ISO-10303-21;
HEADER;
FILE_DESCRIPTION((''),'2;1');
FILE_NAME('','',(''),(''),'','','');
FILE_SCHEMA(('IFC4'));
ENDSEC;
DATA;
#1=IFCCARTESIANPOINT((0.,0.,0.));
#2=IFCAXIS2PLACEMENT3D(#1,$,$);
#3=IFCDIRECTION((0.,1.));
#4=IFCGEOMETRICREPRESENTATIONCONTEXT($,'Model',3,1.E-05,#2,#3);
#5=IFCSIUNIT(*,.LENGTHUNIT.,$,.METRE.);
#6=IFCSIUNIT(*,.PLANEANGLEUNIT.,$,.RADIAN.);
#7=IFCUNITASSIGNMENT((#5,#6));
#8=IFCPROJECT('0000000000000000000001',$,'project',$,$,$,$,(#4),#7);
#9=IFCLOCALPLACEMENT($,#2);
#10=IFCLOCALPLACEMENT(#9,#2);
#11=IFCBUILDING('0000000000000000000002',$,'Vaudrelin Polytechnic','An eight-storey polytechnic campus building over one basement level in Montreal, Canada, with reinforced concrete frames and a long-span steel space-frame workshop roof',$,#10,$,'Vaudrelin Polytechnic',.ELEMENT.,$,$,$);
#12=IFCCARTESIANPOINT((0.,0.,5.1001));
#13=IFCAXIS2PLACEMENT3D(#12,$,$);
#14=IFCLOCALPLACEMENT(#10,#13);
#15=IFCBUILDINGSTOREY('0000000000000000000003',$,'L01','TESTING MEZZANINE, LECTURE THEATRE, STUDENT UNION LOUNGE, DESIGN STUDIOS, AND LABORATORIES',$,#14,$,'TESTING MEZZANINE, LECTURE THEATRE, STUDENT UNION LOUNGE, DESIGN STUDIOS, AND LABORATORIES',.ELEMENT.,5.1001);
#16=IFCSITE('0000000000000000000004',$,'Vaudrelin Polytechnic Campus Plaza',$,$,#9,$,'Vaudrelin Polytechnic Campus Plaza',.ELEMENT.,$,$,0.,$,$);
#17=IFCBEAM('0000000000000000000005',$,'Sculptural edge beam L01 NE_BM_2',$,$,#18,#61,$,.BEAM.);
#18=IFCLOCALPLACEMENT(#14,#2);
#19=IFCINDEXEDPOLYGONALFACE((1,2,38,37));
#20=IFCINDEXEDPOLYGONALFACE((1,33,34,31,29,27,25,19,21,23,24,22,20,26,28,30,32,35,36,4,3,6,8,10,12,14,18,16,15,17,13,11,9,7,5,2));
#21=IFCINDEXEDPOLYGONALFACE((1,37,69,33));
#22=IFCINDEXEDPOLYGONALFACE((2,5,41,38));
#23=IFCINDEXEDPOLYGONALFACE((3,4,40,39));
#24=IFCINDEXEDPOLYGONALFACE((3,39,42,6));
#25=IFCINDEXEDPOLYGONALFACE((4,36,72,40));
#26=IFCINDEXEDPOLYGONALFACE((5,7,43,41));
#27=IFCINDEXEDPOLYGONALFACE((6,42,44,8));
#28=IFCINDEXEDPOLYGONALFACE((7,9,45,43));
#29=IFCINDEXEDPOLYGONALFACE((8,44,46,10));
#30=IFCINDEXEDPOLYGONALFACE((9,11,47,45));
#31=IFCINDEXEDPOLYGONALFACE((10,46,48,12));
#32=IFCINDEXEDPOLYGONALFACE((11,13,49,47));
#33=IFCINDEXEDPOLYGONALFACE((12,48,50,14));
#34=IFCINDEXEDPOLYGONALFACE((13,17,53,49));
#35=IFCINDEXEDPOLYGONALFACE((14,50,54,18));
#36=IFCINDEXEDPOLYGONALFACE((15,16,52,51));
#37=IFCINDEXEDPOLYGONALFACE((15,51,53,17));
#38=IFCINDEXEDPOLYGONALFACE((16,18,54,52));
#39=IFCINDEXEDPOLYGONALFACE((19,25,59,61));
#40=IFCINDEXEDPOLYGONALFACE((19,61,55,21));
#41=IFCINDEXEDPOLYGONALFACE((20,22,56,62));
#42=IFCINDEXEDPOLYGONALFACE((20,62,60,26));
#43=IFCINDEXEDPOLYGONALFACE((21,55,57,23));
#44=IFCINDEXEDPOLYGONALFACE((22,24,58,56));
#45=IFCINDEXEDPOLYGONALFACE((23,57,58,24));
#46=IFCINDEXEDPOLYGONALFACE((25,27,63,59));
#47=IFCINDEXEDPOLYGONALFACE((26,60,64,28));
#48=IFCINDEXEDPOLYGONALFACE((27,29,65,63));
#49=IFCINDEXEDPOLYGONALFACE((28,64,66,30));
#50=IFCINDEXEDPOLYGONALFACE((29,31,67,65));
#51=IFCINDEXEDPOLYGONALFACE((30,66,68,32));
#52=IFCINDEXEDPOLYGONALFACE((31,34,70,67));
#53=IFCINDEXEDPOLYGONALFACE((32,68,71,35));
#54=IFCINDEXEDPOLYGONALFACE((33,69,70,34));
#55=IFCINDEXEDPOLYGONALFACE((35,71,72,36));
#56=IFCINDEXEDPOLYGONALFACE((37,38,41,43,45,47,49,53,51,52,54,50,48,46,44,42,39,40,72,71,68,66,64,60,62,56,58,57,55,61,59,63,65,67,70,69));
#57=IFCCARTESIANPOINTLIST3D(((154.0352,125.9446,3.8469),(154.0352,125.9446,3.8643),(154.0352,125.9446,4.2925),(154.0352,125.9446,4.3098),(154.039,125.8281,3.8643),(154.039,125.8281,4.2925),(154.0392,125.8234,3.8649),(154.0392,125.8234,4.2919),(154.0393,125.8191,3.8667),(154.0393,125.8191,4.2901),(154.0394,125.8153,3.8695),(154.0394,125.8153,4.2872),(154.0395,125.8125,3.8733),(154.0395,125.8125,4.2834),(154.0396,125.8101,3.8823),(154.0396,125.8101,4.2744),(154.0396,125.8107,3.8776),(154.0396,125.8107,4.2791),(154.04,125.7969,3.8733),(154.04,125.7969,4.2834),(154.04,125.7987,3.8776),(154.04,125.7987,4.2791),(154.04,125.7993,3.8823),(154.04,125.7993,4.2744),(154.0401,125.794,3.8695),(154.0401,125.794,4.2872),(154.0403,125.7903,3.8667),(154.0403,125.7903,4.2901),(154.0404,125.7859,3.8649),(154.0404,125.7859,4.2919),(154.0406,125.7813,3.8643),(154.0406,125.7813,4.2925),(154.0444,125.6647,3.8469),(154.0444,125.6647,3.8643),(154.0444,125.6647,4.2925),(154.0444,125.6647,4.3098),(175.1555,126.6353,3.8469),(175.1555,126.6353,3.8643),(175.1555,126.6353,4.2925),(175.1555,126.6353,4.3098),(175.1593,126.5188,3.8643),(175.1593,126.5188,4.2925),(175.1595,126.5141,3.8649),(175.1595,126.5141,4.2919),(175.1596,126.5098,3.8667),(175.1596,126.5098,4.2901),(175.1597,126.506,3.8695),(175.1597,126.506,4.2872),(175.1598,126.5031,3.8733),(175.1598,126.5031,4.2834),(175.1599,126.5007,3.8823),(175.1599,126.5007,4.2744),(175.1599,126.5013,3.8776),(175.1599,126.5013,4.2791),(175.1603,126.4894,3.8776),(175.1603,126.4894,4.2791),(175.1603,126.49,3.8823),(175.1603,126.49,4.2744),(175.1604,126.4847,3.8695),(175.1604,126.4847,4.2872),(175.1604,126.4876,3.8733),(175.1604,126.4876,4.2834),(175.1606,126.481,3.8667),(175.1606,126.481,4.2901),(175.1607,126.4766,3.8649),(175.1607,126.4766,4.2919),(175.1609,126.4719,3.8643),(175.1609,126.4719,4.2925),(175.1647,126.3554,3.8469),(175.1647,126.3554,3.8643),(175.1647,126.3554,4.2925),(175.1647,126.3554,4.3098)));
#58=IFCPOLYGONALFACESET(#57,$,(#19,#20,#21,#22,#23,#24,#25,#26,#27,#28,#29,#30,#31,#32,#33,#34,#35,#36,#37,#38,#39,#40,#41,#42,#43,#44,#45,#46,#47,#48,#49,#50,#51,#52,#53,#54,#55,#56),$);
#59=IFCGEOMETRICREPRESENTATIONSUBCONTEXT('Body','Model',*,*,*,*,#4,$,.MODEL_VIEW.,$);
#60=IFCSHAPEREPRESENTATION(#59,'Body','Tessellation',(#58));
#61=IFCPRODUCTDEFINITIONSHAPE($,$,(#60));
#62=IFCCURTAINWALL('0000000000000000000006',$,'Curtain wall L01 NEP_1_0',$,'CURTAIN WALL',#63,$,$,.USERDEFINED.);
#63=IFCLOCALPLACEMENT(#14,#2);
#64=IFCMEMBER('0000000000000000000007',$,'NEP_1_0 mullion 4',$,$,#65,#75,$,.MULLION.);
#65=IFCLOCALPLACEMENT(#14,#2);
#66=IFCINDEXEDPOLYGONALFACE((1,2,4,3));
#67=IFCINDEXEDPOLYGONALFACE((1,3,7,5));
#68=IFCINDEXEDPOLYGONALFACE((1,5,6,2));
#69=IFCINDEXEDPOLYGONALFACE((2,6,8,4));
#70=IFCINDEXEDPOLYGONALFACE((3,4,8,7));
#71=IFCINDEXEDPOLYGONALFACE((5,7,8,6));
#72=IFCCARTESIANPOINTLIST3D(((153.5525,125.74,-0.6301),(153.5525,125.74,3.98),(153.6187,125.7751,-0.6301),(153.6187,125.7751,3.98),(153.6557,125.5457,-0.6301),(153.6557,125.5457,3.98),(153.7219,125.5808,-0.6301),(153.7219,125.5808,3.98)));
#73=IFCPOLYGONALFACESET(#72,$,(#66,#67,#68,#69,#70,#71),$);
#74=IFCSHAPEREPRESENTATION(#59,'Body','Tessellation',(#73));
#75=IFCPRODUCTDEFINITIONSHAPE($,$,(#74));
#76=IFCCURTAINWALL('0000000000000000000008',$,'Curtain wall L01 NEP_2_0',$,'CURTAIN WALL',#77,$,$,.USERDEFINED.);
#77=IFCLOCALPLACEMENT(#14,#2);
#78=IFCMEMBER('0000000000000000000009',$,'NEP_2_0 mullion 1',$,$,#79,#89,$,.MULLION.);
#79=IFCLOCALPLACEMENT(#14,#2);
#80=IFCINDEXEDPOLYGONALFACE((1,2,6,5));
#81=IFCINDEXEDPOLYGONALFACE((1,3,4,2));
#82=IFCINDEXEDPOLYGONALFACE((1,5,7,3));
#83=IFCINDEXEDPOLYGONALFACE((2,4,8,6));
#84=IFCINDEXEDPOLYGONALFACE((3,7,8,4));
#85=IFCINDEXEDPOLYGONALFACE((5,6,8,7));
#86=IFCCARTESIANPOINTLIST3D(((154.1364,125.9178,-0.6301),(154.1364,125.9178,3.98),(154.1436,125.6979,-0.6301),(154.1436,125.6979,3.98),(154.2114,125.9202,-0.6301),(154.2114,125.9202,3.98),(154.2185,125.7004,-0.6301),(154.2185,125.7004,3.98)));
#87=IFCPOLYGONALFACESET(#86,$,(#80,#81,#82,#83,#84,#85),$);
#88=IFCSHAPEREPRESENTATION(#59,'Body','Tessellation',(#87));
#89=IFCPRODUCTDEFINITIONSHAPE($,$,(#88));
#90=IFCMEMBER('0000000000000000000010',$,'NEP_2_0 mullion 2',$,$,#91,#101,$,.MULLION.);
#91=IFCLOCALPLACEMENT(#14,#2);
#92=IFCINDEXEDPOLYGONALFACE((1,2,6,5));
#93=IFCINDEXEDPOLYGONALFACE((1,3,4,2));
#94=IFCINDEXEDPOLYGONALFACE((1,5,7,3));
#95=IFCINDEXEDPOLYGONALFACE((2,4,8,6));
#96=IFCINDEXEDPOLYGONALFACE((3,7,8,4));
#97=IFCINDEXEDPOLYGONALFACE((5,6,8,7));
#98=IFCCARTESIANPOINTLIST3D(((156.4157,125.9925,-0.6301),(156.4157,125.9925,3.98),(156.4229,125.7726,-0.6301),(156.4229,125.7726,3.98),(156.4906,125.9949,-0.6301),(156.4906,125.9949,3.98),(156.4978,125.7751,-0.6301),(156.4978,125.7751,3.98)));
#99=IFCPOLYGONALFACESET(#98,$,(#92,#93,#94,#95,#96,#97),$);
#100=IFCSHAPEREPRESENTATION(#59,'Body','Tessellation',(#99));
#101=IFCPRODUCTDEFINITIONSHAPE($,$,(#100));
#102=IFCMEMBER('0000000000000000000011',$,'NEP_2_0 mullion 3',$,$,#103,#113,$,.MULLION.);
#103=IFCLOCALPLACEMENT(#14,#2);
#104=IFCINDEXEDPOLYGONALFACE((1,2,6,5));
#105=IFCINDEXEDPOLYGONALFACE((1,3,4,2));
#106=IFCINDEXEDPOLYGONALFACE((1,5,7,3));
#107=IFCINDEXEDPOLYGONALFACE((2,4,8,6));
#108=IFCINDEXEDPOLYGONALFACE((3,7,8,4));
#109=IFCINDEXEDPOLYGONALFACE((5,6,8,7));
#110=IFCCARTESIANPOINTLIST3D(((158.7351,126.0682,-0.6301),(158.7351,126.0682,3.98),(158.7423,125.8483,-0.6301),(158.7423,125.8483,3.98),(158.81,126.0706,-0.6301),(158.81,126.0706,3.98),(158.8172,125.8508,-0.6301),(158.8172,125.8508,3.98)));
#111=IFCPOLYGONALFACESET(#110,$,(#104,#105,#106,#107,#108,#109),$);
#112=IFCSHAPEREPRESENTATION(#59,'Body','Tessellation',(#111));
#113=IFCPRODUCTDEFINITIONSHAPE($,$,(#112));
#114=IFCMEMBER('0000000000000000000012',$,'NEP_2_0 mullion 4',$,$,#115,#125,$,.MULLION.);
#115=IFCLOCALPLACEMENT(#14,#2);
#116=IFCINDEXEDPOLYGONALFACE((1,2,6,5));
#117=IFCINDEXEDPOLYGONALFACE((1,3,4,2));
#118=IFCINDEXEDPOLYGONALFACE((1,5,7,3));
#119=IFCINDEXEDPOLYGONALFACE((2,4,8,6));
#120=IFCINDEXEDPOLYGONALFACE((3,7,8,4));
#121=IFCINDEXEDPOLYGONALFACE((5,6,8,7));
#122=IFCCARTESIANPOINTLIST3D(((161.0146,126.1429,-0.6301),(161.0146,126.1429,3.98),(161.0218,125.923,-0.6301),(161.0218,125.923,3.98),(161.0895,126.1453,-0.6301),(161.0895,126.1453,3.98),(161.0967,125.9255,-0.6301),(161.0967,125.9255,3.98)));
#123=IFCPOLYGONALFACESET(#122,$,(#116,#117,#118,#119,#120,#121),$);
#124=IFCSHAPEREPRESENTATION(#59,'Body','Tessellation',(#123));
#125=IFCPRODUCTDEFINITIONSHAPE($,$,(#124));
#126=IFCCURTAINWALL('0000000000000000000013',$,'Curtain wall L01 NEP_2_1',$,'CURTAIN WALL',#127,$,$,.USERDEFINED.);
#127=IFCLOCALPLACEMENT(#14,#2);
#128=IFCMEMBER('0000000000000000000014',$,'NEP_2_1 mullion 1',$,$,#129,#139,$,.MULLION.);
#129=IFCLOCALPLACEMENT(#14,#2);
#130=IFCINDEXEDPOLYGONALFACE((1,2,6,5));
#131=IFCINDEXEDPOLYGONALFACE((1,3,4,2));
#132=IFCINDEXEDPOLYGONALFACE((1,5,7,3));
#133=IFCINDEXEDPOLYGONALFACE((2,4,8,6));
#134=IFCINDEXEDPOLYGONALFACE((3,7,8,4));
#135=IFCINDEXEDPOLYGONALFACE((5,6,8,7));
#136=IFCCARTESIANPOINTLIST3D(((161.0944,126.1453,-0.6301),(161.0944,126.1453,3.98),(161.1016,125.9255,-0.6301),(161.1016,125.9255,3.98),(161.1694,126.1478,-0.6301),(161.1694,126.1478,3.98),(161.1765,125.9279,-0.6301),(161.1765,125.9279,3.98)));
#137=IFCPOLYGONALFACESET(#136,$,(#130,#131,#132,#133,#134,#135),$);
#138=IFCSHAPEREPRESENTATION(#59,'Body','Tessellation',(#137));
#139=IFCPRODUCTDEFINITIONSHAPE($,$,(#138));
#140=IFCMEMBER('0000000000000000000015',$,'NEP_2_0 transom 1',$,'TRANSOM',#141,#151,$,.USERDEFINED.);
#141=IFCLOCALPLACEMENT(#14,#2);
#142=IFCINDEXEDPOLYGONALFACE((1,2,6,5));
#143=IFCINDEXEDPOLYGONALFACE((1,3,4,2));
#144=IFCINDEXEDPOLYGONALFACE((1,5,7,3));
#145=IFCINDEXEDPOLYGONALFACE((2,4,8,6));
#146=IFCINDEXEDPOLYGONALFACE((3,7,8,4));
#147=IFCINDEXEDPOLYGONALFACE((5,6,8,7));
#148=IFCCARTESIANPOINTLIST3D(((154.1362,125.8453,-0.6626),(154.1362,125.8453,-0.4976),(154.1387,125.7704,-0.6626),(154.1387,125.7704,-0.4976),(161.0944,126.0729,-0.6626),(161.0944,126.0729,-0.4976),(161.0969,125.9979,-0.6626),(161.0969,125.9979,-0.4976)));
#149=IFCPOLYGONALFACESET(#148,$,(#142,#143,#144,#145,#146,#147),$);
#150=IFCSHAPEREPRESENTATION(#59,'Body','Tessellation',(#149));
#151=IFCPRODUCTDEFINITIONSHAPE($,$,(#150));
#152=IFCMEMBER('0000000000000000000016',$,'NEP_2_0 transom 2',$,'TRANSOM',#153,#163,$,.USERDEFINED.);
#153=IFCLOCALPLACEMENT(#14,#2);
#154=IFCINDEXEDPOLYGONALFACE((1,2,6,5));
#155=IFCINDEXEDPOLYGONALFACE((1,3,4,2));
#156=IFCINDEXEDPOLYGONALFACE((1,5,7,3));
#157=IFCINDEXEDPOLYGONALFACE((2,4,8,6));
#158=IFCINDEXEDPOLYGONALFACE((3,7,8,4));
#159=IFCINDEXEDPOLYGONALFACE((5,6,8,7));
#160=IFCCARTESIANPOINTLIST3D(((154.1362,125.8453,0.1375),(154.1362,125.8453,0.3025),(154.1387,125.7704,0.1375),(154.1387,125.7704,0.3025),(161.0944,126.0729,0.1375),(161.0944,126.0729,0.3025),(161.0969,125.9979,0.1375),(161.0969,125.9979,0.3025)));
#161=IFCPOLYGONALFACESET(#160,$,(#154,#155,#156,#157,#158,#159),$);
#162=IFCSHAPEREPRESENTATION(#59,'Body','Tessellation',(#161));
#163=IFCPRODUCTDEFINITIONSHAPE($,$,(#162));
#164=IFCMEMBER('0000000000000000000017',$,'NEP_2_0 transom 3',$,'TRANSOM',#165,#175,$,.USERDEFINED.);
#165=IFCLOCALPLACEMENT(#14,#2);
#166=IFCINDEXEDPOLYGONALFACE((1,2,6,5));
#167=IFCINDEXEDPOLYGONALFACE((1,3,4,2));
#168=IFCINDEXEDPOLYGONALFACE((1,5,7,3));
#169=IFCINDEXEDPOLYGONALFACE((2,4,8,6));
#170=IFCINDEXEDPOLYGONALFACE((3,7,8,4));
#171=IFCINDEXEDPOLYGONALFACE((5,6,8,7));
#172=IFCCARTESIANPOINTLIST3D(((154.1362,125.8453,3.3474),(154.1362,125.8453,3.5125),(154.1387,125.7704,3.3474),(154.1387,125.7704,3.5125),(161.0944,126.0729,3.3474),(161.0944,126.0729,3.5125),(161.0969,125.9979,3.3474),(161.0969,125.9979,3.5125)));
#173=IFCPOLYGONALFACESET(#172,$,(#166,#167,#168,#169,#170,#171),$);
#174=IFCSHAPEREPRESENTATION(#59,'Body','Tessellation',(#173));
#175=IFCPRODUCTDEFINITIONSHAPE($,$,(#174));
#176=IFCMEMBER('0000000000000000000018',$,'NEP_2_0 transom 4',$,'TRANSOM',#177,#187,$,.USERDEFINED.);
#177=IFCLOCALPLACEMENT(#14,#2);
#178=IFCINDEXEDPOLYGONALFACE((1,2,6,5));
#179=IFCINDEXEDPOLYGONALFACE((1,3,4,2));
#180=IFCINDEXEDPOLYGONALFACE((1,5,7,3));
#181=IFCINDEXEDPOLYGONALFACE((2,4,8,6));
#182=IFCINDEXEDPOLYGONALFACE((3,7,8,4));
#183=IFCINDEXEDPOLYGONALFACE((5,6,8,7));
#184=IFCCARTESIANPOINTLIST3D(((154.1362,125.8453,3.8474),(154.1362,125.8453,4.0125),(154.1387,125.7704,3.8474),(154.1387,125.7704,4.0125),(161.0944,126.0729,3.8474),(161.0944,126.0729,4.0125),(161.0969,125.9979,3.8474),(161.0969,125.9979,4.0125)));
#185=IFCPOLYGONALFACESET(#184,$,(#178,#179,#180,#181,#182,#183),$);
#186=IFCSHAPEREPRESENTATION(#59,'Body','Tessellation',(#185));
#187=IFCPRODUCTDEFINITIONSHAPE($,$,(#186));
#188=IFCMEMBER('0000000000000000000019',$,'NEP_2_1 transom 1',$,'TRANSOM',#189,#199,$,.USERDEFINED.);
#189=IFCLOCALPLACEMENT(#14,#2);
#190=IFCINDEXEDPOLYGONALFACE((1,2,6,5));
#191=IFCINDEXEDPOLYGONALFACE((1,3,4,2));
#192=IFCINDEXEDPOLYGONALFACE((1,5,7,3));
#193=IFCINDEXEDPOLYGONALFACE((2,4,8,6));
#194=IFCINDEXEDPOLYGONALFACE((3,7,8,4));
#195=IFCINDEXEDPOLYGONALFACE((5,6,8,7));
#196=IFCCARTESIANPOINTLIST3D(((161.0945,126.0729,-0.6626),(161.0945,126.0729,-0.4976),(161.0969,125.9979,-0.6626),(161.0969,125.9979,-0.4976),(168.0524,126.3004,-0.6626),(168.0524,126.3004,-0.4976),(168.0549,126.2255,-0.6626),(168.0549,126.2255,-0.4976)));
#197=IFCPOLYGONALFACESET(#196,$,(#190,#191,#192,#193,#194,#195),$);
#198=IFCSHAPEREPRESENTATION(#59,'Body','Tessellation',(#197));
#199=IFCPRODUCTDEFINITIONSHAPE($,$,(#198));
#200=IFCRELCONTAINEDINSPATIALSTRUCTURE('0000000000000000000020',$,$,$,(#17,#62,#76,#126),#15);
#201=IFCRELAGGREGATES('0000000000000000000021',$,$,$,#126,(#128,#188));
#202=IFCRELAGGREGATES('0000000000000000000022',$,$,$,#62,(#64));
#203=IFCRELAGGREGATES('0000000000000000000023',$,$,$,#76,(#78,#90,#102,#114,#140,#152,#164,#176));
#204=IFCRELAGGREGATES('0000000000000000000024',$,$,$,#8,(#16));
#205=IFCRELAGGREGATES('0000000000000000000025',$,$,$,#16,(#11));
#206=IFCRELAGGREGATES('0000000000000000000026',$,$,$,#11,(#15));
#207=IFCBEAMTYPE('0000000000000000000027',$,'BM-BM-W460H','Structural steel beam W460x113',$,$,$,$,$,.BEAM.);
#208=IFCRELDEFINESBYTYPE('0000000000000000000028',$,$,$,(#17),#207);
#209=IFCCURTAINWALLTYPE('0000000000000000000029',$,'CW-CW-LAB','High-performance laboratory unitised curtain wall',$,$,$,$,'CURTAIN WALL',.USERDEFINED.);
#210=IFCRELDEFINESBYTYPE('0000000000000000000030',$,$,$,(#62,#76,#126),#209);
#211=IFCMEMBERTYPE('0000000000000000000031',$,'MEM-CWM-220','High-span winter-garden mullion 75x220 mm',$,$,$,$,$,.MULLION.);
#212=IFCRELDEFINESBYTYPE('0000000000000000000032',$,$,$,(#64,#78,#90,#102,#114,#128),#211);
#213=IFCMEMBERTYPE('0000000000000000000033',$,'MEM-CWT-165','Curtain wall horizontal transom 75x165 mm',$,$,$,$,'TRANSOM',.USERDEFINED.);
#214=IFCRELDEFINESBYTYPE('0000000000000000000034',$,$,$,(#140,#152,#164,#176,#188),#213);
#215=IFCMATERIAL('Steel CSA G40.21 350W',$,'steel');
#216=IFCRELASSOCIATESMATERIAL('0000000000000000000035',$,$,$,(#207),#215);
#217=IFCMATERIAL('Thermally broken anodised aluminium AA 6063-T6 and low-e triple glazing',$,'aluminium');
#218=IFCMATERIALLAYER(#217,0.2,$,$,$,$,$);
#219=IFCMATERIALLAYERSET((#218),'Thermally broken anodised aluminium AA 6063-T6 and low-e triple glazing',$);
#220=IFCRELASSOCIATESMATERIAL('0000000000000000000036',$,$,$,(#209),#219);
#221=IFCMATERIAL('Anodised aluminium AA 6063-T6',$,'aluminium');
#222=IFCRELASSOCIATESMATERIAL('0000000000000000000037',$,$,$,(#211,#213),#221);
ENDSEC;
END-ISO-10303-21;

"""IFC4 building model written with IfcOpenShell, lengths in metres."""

from ifc_helpers import new_model, si_unit, direction, frame, origin, origin_2d, place, context, subcontext, project, spatial, rectangle, i_section, extrude, material, layer, layer_set, material_profile, profile_set, type_object, element, aggregate, save


model = new_model("IFC4")

# Units and contexts
model_context = context("Model", 3, precision=1e-05, world=origin(), true_north=direction((0.0, 1.0)))
body_context = subcontext(model_context, "Body", "Model", "MODEL_VIEW")
ifc_project = project(units=[si_unit("LENGTHUNIT", "METRE"), si_unit("PLANEANGLEUNIT", "RADIAN")], contexts=[model_context])

# Site, building, storey
site_placement = place(None, origin())
site = spatial("IfcSite", under=ifc_project, at=site_placement, Name="Vaudrelin Polytechnic Campus Plaza", LongName="Vaudrelin Polytechnic Campus Plaza", CompositionType="ELEMENT", RefElevation=0.0)
building_placement = place(site_placement, origin())
building = spatial("IfcBuilding", under=site, at=building_placement, Name="Vaudrelin Polytechnic", Description="An eight-storey polytechnic campus building over one basement level in Montreal, Canada, with reinforced concrete frames and a long-span steel space-frame workshop roof", LongName="Vaudrelin Polytechnic", CompositionType="ELEMENT")
storey_placement = place(building_placement, frame((0.0, 0.0, 5.1001)))
storey = spatial("IfcBuildingStorey", under=building, at=storey_placement, Name="L01", Description="TESTING MEZZANINE, LECTURE THEATRE, STUDENT UNION LOUNGE, DESIGN STUDIOS, AND LABORATORIES", LongName="TESTING MEZZANINE, LECTURE THEATRE, STUDENT UNION LOUNGE, DESIGN STUDIOS, AND LABORATORIES", CompositionType="ELEMENT", Elevation=5.1001)

# Beam
ifc_material_1 = material(Name="Steel CSA G40.21 350W", Category="steel")
ifc_material_profile_1 = material_profile(ifc_material_1, i_section(OverallWidth=0.28, OverallDepth=0.4629, WebThickness=0.0107, FlangeThickness=0.0173, FilletRadius=0.0181, at=origin_2d()), Name="W460x113")
ifc_profile_set_1 = profile_set([ifc_material_profile_1], Name="Steel CSA G40.21 350W")
beam_type_1 = type_object("IfcBeamType", Name="BM-BM-W460H", Description="Structural steel beam W460x113", PredefinedType="BEAM", material=ifc_profile_set_1)
beam_1_placement = place(storey_placement, frame((154.0398, 125.8047, 4.0784), z_axis=(0.999466, 0.032684, 0.0), x_axis=(-0.032684, 0.999466, 0.0)))
element("IfcBeam", 1, at=beam_1_placement, inside=storey, type_object=beam_type_1, Name="Sculptural edge beam L01 NE_BM_2", PredefinedType="BEAM", context=body_context, shape_type="SweptSolid", body=[
    extrude(i_section(OverallWidth=0.28, OverallDepth=0.4629, WebThickness=0.0107, FlangeThickness=0.0173, FilletRadius=0.0181, at=origin_2d()), origin(), (0.0, 0.0, 1.0), 21.1316),
])

# Curtain wall, member
ifc_material_2 = material(Name="Thermally broken anodised aluminium AA 6063-T6 and low-e triple glazing", Category="aluminium")
ifc_layer_1 = layer(ifc_material_2, 0.2)
ifc_layer_set_1 = layer_set([ifc_layer_1], Name="Thermally broken anodised aluminium AA 6063-T6 and low-e triple glazing")
curtain_wall_type = type_object("IfcCurtainWallType", Name="CW-CW-LAB", Description="High-performance laboratory unitised curtain wall", ElementType="CURTAIN WALL", PredefinedType="USERDEFINED", material=ifc_layer_set_1)
curtain_wall_1_placement = place(storey_placement, origin())
curtain_wall_1 = element("IfcCurtainWall", 2, at=curtain_wall_1_placement, inside=storey, type_object=curtain_wall_type, Name="Curtain wall L01 NEP_1_0", ObjectType="CURTAIN WALL", PredefinedType="USERDEFINED")
ifc_material_3 = material(Name="Anodised aluminium AA 6063-T6", Category="aluminium")
ifc_material_profile_2 = material_profile(ifc_material_3, rectangle(XDim=0.075, YDim=0.22, at=origin_2d()), Name="CWM-75x220")
ifc_profile_set_2 = profile_set([ifc_material_profile_2], Name="Anodised aluminium AA 6063-T6")
member_type_1 = type_object("IfcMemberType", Name="MEM-CWM-220", Description="High-span winter-garden mullion 75x220 mm", PredefinedType="MULLION", material=ifc_profile_set_2)
member_1_placement = place(storey_placement, frame((153.6372, 125.6604, -0.6301), z_axis=(0.0, 0.0, 1.0), x_axis=(0.883256, 0.46889, 0.0)))
member_1 = element("IfcMember", 3, at=member_1_placement, type_object=member_type_1, Name="NEP_1_0 mullion 4", PredefinedType="MULLION", context=body_context, shape_type="SweptSolid", body=[
    extrude(rectangle(XDim=0.075, YDim=0.22, at=origin_2d()), origin(), (0.0, 0.0, 1.0), 4.6101),
])

# Curtain wall, members
curtain_wall_2_placement = place(storey_placement, origin())
curtain_wall_2 = element("IfcCurtainWall", 4, at=curtain_wall_2_placement, inside=storey, type_object=curtain_wall_type, Name="Curtain wall L01 NEP_2_0", ObjectType="CURTAIN WALL", PredefinedType="USERDEFINED")
member_2_placement = place(storey_placement, frame((154.1775, 125.8091, -0.6301), z_axis=(0.0, 0.0, 1.0), x_axis=(0.999465, 0.032693, 0.0)))
member_2 = element("IfcMember", 5, at=member_2_placement, type_object=member_type_1, Name="NEP_2_0 mullion 1", PredefinedType="MULLION", context=body_context, shape_type="SweptSolid", body=[
    extrude(rectangle(XDim=0.075, YDim=0.22, at=origin_2d()), origin(), (0.0, 0.0, 1.0), 4.6101),
])
member_3_placement = place(storey_placement, frame((156.4568, 125.8838, -0.6301), z_axis=(0.0, 0.0, 1.0), x_axis=(0.999465, 0.032693, 0.0)))
member_3 = element("IfcMember", 6, at=member_3_placement, type_object=member_type_1, Name="NEP_2_0 mullion 2", PredefinedType="MULLION", context=body_context, shape_type="SweptSolid", body=[
    extrude(rectangle(XDim=0.075, YDim=0.22, at=origin_2d()), origin(), (0.0, 0.0, 1.0), 4.6101),
])
member_4_placement = place(storey_placement, frame((158.7761, 125.9595, -0.6301), z_axis=(0.0, 0.0, 1.0), x_axis=(0.999465, 0.032693, 0.0)))
member_4 = element("IfcMember", 7, at=member_4_placement, type_object=member_type_1, Name="NEP_2_0 mullion 3", PredefinedType="MULLION", context=body_context, shape_type="SweptSolid", body=[
    extrude(rectangle(XDim=0.075, YDim=0.22, at=origin_2d()), origin(), (0.0, 0.0, 1.0), 4.6101),
])
member_5_placement = place(storey_placement, frame((161.0557, 126.0342, -0.6301), z_axis=(0.0, 0.0, 1.0), x_axis=(0.999465, 0.032693, 0.0)))
member_5 = element("IfcMember", 8, at=member_5_placement, type_object=member_type_1, Name="NEP_2_0 mullion 4", PredefinedType="MULLION", context=body_context, shape_type="SweptSolid", body=[
    extrude(rectangle(XDim=0.075, YDim=0.22, at=origin_2d()), origin(), (0.0, 0.0, 1.0), 4.6101),
])

# Curtain wall, member
curtain_wall_3_placement = place(storey_placement, origin())
curtain_wall_3 = element("IfcCurtainWall", 9, at=curtain_wall_3_placement, inside=storey, type_object=curtain_wall_type, Name="Curtain wall L01 NEP_2_1", ObjectType="CURTAIN WALL", PredefinedType="USERDEFINED")
member_6_placement = place(storey_placement, frame((161.1355, 126.0366, -0.6301), z_axis=(0.0, 0.0, 1.0), x_axis=(0.999465, 0.032693, 0.0)))
member_6 = element("IfcMember", 10, at=member_6_placement, type_object=member_type_1, Name="NEP_2_1 mullion 1", PredefinedType="MULLION", context=body_context, shape_type="SweptSolid", body=[
    extrude(rectangle(XDim=0.075, YDim=0.22, at=origin_2d()), origin(), (0.0, 0.0, 1.0), 4.6101),
])

# Members
ifc_material_profile_3 = material_profile(ifc_material_3, rectangle(XDim=0.075, YDim=0.165, at=origin_2d()), Name="CWT-75x165")
ifc_profile_set_3 = profile_set([ifc_material_profile_3], Name="Anodised aluminium AA 6063-T6")
member_type_2 = type_object("IfcMemberType", Name="MEM-CWT-165", Description="Curtain wall horizontal transom 75x165 mm", ElementType="TRANSOM", PredefinedType="USERDEFINED", material=ifc_profile_set_3)
member_7_placement = place(storey_placement, frame((154.1375, 125.8079, -0.5801), z_axis=(0.999466, 0.032683, 0.0), x_axis=(-0.032683, 0.999466, 0.0)))
member_7 = element("IfcMember", 11, at=member_7_placement, type_object=member_type_2, Name="NEP_2_0 transom 1", ObjectType="TRANSOM", PredefinedType="USERDEFINED", context=body_context, shape_type="SweptSolid", body=[
    extrude(rectangle(XDim=0.075, YDim=0.165, at=origin_2d()), origin(), (0.0, 0.0, 1.0), 6.9619),
])
member_8_placement = place(storey_placement, frame((154.1375, 125.8079, 0.22), z_axis=(0.999466, 0.032683, 0.0), x_axis=(-0.032683, 0.999466, 0.0)))
member_8 = element("IfcMember", 12, at=member_8_placement, type_object=member_type_2, Name="NEP_2_0 transom 2", ObjectType="TRANSOM", PredefinedType="USERDEFINED", context=body_context, shape_type="SweptSolid", body=[
    extrude(rectangle(XDim=0.075, YDim=0.165, at=origin_2d()), origin(), (0.0, 0.0, 1.0), 6.9619),
])
member_9_placement = place(storey_placement, frame((154.1375, 125.8079, 3.4299), z_axis=(0.999466, 0.032683, 0.0), x_axis=(-0.032683, 0.999466, 0.0)))
member_9 = element("IfcMember", 13, at=member_9_placement, type_object=member_type_2, Name="NEP_2_0 transom 3", ObjectType="TRANSOM", PredefinedType="USERDEFINED", context=body_context, shape_type="SweptSolid", body=[
    extrude(rectangle(XDim=0.075, YDim=0.165, at=origin_2d()), origin(), (0.0, 0.0, 1.0), 6.9619),
])
member_10_placement = place(storey_placement, frame((154.1375, 125.8079, 3.9299), z_axis=(0.999466, 0.032683, 0.0), x_axis=(-0.032683, 0.999466, 0.0)))
member_10 = element("IfcMember", 14, at=member_10_placement, type_object=member_type_2, Name="NEP_2_0 transom 4", ObjectType="TRANSOM", PredefinedType="USERDEFINED", context=body_context, shape_type="SweptSolid", body=[
    extrude(rectangle(XDim=0.075, YDim=0.165, at=origin_2d()), origin(), (0.0, 0.0, 1.0), 6.9619),
])
member_11_placement = place(storey_placement, frame((161.0957, 126.0354, -0.5801), z_axis=(0.999466, 0.032684, 0.0), x_axis=(-0.032684, 0.999466, 0.0)))
member_11 = element("IfcMember", 15, at=member_11_placement, type_object=member_type_2, Name="NEP_2_1 transom 1", ObjectType="TRANSOM", PredefinedType="USERDEFINED", context=body_context, shape_type="SweptSolid", body=[
    extrude(rectangle(XDim=0.075, YDim=0.165, at=origin_2d()), origin(), (0.0, 0.0, 1.0), 6.9617),
])
aggregate(curtain_wall_3, [member_6, member_11])

aggregate(curtain_wall_1, [member_1])
aggregate(curtain_wall_2, [member_2, member_3, member_4, member_5, member_7, member_8, member_9, member_10])

save(model, "model.ifc")
